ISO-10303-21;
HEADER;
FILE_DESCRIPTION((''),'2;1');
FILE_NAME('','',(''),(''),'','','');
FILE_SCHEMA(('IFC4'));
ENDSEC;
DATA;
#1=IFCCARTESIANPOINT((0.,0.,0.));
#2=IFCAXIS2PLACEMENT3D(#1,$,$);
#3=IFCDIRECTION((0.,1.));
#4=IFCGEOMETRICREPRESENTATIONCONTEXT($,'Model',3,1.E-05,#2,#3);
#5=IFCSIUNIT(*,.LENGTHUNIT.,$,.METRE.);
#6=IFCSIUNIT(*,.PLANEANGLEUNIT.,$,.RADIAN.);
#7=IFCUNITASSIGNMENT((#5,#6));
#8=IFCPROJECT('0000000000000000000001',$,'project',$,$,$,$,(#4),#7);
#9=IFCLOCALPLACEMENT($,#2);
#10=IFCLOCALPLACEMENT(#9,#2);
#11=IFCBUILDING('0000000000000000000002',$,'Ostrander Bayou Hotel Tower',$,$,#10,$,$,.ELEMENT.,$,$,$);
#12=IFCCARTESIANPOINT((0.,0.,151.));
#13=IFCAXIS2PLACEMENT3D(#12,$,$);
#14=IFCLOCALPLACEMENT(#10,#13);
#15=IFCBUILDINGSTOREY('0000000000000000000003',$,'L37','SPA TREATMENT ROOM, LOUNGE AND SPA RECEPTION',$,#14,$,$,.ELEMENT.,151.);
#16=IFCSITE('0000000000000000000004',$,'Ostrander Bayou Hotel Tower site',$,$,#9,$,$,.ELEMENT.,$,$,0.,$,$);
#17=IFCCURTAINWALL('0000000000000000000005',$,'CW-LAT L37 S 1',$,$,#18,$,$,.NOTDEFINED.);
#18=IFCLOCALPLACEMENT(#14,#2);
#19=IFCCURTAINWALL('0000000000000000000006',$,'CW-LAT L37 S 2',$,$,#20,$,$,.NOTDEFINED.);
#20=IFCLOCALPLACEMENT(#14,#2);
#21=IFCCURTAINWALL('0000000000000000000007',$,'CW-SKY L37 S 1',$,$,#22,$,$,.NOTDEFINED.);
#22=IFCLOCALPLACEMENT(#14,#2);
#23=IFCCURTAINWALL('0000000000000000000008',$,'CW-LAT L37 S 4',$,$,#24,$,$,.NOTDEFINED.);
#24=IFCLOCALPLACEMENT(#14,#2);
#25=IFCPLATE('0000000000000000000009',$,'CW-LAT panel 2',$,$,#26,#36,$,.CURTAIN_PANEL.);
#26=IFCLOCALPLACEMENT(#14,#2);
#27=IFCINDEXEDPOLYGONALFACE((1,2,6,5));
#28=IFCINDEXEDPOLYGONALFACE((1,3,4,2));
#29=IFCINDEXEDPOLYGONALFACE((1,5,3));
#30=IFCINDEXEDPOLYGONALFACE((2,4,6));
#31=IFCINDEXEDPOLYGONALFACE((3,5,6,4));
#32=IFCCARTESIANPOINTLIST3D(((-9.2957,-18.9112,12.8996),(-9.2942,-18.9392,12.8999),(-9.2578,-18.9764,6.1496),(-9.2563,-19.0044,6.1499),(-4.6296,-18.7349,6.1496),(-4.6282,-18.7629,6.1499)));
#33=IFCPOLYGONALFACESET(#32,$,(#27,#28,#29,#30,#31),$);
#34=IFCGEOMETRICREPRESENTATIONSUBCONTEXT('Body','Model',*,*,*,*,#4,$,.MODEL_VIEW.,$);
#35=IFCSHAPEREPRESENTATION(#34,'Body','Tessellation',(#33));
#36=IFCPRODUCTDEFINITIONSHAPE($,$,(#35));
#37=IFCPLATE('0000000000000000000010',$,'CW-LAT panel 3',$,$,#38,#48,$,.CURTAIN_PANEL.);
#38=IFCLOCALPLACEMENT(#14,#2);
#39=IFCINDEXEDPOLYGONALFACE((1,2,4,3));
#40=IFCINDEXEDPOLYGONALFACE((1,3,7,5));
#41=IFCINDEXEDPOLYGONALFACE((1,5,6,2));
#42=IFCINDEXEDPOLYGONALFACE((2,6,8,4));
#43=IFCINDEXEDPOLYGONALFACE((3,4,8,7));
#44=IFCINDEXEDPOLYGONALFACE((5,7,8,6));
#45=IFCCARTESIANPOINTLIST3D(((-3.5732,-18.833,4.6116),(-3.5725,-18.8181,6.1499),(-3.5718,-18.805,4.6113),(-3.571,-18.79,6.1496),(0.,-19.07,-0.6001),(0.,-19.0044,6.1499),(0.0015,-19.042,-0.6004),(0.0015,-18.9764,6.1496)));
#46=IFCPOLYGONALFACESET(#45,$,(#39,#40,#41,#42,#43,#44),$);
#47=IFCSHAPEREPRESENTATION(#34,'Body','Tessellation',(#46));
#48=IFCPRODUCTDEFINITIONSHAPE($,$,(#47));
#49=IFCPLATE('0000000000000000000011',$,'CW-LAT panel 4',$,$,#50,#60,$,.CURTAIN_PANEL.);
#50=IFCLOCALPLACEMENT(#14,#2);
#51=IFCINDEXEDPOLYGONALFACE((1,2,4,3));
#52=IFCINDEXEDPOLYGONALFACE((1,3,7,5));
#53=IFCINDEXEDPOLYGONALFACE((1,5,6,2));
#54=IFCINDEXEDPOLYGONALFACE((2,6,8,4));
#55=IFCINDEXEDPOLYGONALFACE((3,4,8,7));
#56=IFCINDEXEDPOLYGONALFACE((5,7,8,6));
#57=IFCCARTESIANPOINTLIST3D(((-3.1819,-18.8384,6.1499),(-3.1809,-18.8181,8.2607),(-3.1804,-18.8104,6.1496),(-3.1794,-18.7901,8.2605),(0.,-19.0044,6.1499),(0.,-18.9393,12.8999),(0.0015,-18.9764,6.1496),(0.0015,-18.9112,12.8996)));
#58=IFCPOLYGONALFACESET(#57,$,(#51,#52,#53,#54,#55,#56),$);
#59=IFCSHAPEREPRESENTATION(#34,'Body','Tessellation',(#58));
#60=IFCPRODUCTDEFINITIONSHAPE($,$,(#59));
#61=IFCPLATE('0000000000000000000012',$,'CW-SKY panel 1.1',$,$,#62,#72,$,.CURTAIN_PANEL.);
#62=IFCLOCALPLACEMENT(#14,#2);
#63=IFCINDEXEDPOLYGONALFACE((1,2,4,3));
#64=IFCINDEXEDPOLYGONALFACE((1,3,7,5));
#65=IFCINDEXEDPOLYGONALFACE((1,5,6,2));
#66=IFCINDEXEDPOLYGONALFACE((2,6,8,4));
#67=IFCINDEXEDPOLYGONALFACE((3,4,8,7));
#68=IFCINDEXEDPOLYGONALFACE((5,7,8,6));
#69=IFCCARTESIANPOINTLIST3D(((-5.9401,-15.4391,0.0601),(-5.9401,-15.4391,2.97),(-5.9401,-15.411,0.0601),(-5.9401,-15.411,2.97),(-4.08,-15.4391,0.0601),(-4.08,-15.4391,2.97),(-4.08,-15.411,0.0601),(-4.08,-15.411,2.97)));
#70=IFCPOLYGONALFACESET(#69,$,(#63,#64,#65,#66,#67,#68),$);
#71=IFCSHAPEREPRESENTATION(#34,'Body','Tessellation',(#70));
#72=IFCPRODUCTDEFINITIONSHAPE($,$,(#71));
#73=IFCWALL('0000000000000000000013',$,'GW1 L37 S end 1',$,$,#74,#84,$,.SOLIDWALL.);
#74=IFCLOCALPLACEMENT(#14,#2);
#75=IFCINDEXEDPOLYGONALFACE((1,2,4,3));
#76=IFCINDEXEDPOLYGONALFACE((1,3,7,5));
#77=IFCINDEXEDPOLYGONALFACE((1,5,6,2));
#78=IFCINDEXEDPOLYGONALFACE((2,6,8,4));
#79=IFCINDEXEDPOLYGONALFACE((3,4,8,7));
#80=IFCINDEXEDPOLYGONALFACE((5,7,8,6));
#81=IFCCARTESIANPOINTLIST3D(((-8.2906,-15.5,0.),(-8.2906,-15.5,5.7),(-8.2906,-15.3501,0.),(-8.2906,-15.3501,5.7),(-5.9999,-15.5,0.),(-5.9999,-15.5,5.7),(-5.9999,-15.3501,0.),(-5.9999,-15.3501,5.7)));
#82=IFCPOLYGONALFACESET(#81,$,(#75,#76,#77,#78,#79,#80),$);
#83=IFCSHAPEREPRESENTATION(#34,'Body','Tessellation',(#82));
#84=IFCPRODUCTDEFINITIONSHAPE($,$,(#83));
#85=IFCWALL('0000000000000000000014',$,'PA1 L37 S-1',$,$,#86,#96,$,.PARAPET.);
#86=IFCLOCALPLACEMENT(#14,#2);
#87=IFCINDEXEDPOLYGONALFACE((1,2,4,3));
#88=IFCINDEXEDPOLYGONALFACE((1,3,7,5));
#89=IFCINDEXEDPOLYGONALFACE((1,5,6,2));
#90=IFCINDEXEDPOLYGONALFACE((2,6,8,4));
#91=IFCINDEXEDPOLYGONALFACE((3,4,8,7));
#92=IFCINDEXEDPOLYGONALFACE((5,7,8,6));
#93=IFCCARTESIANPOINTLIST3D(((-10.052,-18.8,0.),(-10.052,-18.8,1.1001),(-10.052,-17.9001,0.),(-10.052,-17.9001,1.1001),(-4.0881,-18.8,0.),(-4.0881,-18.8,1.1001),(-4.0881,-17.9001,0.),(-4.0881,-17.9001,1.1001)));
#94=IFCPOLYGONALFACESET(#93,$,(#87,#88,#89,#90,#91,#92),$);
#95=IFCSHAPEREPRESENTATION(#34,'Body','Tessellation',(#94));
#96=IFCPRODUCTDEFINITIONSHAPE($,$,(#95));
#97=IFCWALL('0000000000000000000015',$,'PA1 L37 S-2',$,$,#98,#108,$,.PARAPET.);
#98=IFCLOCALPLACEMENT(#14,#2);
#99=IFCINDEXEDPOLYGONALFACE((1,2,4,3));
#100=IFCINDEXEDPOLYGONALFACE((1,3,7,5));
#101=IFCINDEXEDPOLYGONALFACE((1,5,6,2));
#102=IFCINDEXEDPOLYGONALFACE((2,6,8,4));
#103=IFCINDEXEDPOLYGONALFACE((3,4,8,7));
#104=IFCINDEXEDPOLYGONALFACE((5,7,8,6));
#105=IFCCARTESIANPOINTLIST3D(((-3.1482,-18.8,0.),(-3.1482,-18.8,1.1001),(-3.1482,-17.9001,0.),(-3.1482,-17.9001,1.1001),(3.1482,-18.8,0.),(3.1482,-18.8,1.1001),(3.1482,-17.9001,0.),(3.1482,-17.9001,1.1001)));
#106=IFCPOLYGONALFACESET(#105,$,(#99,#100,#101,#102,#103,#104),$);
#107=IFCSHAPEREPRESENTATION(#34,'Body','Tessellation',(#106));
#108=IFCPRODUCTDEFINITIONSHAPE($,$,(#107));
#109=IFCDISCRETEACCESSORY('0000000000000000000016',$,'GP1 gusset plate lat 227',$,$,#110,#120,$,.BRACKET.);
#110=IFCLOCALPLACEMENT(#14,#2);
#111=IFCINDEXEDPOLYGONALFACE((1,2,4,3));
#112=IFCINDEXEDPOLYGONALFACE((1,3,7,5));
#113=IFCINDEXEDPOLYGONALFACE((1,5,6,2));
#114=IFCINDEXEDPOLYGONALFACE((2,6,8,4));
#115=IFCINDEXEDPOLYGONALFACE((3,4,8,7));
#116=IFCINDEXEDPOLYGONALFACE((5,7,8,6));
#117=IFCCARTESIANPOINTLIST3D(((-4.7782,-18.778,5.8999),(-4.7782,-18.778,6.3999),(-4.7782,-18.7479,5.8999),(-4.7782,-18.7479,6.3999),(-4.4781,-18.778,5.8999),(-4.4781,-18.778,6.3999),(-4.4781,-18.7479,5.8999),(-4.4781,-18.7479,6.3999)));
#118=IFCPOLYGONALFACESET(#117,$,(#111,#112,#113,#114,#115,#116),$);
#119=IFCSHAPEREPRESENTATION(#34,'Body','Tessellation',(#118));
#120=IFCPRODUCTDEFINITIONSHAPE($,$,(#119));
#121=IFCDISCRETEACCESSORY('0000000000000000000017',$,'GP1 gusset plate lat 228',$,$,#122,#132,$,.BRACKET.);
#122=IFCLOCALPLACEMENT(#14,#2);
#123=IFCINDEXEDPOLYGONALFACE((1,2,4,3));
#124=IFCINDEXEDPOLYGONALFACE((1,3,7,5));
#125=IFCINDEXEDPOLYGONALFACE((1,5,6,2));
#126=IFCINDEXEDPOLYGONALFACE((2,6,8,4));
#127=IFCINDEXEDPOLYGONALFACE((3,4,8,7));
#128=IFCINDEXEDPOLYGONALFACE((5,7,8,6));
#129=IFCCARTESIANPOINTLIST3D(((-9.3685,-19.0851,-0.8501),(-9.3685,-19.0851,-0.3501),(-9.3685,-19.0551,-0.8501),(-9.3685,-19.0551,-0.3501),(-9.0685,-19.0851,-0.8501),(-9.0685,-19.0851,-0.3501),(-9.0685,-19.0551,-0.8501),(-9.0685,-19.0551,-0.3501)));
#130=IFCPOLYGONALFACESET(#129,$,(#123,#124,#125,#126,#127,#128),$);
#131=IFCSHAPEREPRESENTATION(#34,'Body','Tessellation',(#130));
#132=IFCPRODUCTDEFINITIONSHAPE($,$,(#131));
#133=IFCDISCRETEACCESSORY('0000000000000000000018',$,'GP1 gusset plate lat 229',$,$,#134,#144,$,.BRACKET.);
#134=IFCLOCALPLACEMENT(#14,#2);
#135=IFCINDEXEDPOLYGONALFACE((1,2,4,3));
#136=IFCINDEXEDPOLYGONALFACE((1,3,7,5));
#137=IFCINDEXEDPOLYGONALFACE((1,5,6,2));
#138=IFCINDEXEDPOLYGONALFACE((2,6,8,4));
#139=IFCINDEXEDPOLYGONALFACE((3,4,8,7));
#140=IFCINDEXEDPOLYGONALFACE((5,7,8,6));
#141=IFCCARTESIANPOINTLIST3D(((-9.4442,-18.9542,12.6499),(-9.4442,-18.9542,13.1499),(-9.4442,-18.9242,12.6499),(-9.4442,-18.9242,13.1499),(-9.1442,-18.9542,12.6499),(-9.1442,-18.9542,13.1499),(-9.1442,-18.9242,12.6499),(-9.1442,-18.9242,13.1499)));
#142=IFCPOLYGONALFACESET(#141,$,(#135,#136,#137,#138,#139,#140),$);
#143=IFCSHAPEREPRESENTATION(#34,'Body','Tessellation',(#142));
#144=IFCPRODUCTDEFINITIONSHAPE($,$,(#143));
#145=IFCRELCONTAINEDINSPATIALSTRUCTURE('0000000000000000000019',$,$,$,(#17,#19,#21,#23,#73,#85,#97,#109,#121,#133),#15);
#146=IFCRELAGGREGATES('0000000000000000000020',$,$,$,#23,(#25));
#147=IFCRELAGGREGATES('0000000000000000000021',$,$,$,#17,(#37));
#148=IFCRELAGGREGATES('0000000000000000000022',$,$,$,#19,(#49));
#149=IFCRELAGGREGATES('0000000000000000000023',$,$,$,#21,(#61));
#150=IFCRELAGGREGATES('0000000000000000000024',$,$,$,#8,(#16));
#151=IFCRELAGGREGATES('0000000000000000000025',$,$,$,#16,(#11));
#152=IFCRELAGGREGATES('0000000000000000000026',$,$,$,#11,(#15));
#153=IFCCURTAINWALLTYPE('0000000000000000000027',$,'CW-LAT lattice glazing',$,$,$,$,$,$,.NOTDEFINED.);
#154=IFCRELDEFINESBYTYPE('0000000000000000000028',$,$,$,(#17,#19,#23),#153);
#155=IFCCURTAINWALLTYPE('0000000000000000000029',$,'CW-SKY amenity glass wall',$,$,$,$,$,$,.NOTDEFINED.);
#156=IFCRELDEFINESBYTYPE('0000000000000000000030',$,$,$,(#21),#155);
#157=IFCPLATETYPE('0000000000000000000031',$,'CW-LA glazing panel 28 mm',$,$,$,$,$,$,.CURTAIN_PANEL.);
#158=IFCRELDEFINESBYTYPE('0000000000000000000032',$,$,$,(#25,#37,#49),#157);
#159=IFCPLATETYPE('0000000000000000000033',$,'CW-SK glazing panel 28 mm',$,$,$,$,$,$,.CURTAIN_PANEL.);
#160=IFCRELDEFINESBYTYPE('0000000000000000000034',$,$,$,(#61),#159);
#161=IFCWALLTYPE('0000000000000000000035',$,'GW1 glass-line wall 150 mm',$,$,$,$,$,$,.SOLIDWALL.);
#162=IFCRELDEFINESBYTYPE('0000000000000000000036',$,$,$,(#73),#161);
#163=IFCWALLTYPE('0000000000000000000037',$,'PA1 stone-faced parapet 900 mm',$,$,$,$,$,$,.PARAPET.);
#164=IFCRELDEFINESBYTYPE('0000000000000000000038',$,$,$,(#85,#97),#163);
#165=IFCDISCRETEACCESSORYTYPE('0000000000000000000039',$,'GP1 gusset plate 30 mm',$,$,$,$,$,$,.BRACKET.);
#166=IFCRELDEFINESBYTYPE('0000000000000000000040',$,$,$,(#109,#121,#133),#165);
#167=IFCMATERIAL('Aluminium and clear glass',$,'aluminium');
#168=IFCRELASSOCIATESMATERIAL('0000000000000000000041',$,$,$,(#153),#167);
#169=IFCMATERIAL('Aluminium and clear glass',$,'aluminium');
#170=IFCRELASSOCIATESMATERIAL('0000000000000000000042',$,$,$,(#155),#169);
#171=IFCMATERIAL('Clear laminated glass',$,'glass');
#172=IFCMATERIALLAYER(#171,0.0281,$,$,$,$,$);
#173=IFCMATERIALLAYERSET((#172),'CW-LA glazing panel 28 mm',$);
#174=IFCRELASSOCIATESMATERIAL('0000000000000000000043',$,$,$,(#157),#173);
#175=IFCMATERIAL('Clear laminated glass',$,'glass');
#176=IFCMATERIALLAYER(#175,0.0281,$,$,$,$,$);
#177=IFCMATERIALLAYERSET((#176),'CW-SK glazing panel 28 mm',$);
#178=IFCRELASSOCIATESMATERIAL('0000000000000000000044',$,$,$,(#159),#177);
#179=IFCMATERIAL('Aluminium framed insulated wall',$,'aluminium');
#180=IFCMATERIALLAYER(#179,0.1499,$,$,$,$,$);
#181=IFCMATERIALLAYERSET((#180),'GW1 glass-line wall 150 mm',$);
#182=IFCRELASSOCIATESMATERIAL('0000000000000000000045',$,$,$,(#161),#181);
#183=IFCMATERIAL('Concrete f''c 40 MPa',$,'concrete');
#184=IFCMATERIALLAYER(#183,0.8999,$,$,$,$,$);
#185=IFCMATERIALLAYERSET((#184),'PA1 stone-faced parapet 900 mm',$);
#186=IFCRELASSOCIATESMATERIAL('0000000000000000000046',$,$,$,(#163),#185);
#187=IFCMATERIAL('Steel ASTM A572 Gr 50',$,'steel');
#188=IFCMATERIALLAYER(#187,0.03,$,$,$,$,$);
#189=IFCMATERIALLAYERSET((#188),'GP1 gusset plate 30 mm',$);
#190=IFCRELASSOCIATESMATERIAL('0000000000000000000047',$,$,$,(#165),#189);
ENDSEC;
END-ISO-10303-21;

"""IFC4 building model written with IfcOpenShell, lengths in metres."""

from ifc_helpers import new_model, si_unit, direction, frame, frame_2d, origin, origin_2d, place, context, subcontext, project, spatial, polyline, rectangle, outline, extrude, material, layer, layer_set, type_object, element, aggregate, save


model = new_model("IFC4")

# Units and contexts
model_context = context("Model", 3, precision=1e-05, world=origin(), true_north=direction((0.0, 1.0)))
body_context = subcontext(model_context, "Body", "Model", "MODEL_VIEW")
ifc_project = project(units=[si_unit("LENGTHUNIT", "METRE"), si_unit("PLANEANGLEUNIT", "RADIAN")], contexts=[model_context])

# Site, building, storey
site_placement = place(None, origin())
site = spatial("IfcSite", under=ifc_project, at=site_placement, Name="Ostrander Bayou Hotel Tower site", CompositionType="ELEMENT", RefElevation=0.0)
building_placement = place(site_placement, origin())
building = spatial("IfcBuilding", under=site, at=building_placement, Name="Ostrander Bayou Hotel Tower", CompositionType="ELEMENT")
storey_placement = place(building_placement, frame((0.0, 0.0, 151.0)))
storey = spatial("IfcBuildingStorey", under=building, at=storey_placement, Name="L37", Description="SPA TREATMENT ROOM, LOUNGE AND SPA RECEPTION", CompositionType="ELEMENT", Elevation=151.0)

# Curtain walls
ifc_material_1 = material(Name="Aluminium and clear glass", Category="aluminium")
curtain_wall_type_1 = type_object("IfcCurtainWallType", Name="CW-LAT lattice glazing", PredefinedType="NOTDEFINED", material=ifc_material_1)
curtain_wall_1_placement = place(storey_placement, origin())
curtain_wall_1 = element("IfcCurtainWall", 1, at=curtain_wall_1_placement, inside=storey, type_object=curtain_wall_type_1, Name="CW-LAT L37 S 1", PredefinedType="NOTDEFINED")
curtain_wall_2_placement = place(storey_placement, origin())
curtain_wall_2 = element("IfcCurtainWall", 2, at=curtain_wall_2_placement, inside=storey, type_object=curtain_wall_type_1, Name="CW-LAT L37 S 2", PredefinedType="NOTDEFINED")
ifc_material_2 = material(Name="Aluminium and clear glass", Category="aluminium")
curtain_wall_type_2 = type_object("IfcCurtainWallType", Name="CW-SKY amenity glass wall", PredefinedType="NOTDEFINED", material=ifc_material_2)
curtain_wall_3_placement = place(storey_placement, origin())
curtain_wall_3 = element("IfcCurtainWall", 3, at=curtain_wall_3_placement, inside=storey, type_object=curtain_wall_type_2, Name="CW-SKY L37 S 1", PredefinedType="NOTDEFINED")

# Curtain wall, plate
ifc_material_3 = material(Name="Clear laminated glass", Category="glass")
ifc_layer_1 = layer(ifc_material_3, 0.0281)
ifc_layer_set_1 = layer_set([ifc_layer_1], Name="CW-LA glazing panel 28 mm")
plate_type_1 = type_object("IfcPlateType", Name="CW-LA glazing panel 28 mm", PredefinedType="CURTAIN_PANEL", material=ifc_layer_set_1)
curtain_wall_4_placement = place(storey_placement, origin())
curtain_wall_4 = element("IfcCurtainWall", 4, at=curtain_wall_4_placement, inside=storey, type_object=curtain_wall_type_1, Name="CW-LAT L37 S 4", PredefinedType="NOTDEFINED")
plate_1_placement = place(storey_placement, frame((-4.6282, -18.7629, 6.1499), z_axis=(0.052097, -0.998593, 0.009936), x_axis=(-0.568497, -0.021476, 0.822405)))
plate_1 = element("IfcPlate", 5, at=plate_1_placement, type_object=plate_type_1, Name="CW-LAT panel 2", PredefinedType="CURTAIN_PANEL", context=body_context, shape_type="SweptSolid", body=[
    extrude(outline(polyline([(0.0, 0.0), (8.2076, 0.0), (2.6363, 3.8116), (0.0, 0.0)])), origin(), (0.0, 0.0, -1.0), 0.0281),
])
aggregate(curtain_wall_4, [plate_1])

# Plates
plate_2_placement = place(storey_placement, frame((-3.5732, -18.833, 4.6116), z_axis=(-0.052077, -0.998596, 0.009711), x_axis=(0.56508, -0.037485, -0.824184)))
plate_2 = element("IfcPlate", 6, at=plate_2_placement, type_object=plate_type_1, Name="CW-LAT panel 3", PredefinedType="CURTAIN_PANEL", context=body_context, shape_type="SweptSolid", body=[
    extrude(outline(polyline([(0.0, 0.0), (6.3234, 0.0), (0.7577, 3.8197), (-1.268, 0.8711), (0.0, 0.0)])), origin(), (0.0, 0.0, -1.0), 0.0281),
])
aggregate(curtain_wall_1, [plate_2])
plate_3_placement = place(storey_placement, frame((-3.1809, -18.8181, 8.2607), z_axis=(-0.052085, -0.998596, 0.009636), x_axis=(0.565369, -0.021532, 0.824557)))
plate_3 = element("IfcPlate", 7, at=plate_3_placement, type_object=plate_type_1, Name="CW-LAT panel 4", PredefinedType="CURTAIN_PANEL", context=body_context, shape_type="SweptSolid", body=[
    extrude(outline(polyline([(0.0, 0.0), (5.6262, 0.0), (0.0619, -3.8216), (-1.7406, -1.1943), (0.0, 0.0)])), origin(), (0.0, 0.0, -1.0), 0.0281),
])
aggregate(curtain_wall_2, [plate_3])
ifc_material_4 = material(Name="Clear laminated glass", Category="glass")
ifc_layer_2 = layer(ifc_material_4, 0.0281)
ifc_layer_set_2 = layer_set([ifc_layer_2], Name="CW-SK glazing panel 28 mm")
plate_type_2 = type_object("IfcPlateType", Name="CW-SK glazing panel 28 mm", PredefinedType="CURTAIN_PANEL", material=ifc_layer_set_2)
plate_4_placement = place(storey_placement, frame((-5.01, -15.425, 0.0601), z_axis=(0.0, 0.0, 1.0), x_axis=(1.0, 0.0, 0.0)))
plate_4 = element("IfcPlate", 8, at=plate_4_placement, type_object=plate_type_2, Name="CW-SKY panel 1.1", PredefinedType="CURTAIN_PANEL", context=body_context, shape_type="SweptSolid", body=[
    extrude(rectangle(XDim=1.8601, YDim=0.0281, at=origin_2d()), origin(), (0.0, 0.0, 1.0), 2.9099),
])
aggregate(curtain_wall_3, [plate_4])

# Walls
ifc_material_5 = material(Name="Aluminium framed insulated wall", Category="aluminium")
ifc_layer_3 = layer(ifc_material_5, 0.1499)
ifc_layer_set_3 = layer_set([ifc_layer_3], Name="GW1 glass-line wall 150 mm")
wall_type_1 = type_object("IfcWallType", Name="GW1 glass-line wall 150 mm", PredefinedType="SOLIDWALL", material=ifc_layer_set_3)
wall_1_placement = place(storey_placement, frame((-8.2908, -15.425, 0.0), z_axis=(0.0, 0.0, 1.0), x_axis=(1.0, 0.0, 0.0)))
element("IfcWall", 9, at=wall_1_placement, inside=storey, type_object=wall_type_1, Name="GW1 L37 S end 1", PredefinedType="SOLIDWALL", context=body_context, shape_type="SweptSolid", body=[
    extrude(rectangle(XDim=2.2908, YDim=0.1499, at=frame_2d((1.1455, 0.0))), origin(), (0.0, 0.0, 1.0), 5.7),
])
ifc_material_6 = material(Name="Concrete f'c 40 MPa", Category="concrete")
ifc_layer_4 = layer(ifc_material_6, 0.8999)
ifc_layer_set_4 = layer_set([ifc_layer_4], Name="PA1 stone-faced parapet 900 mm")
wall_type_2 = type_object("IfcWallType", Name="PA1 stone-faced parapet 900 mm", PredefinedType="PARAPET", material=ifc_layer_set_4)
wall_2_placement = place(storey_placement, frame((-10.052, -18.3501, 0.0), z_axis=(0.0, 0.0, 1.0), x_axis=(1.0, 0.0, 0.0)))
element("IfcWall", 10, at=wall_2_placement, inside=storey, type_object=wall_type_2, Name="PA1 L37 S-1", PredefinedType="PARAPET", context=body_context, shape_type="SweptSolid", body=[
    extrude(rectangle(XDim=5.9639, YDim=0.8999, at=frame_2d((2.9819, 0.0))), origin(), (0.0, 0.0, 1.0), 1.1001),
])
wall_3_placement = place(storey_placement, frame((-3.1482, -18.3501, 0.0), z_axis=(0.0, 0.0, 1.0), x_axis=(1.0, 0.0, 0.0)))
element("IfcWall", 11, at=wall_3_placement, inside=storey, type_object=wall_type_2, Name="PA1 L37 S-2", PredefinedType="PARAPET", context=body_context, shape_type="SweptSolid", body=[
    extrude(rectangle(XDim=6.2964, YDim=0.8999, at=frame_2d((3.1482, 0.0))), origin(), (0.0, 0.0, 1.0), 1.1001),
])

# Discrete accessories
ifc_material_7 = material(Name="Steel ASTM A572 Gr 50", Category="steel")
ifc_layer_5 = layer(ifc_material_7, 0.03)
ifc_layer_set_5 = layer_set([ifc_layer_5], Name="GP1 gusset plate 30 mm")
discrete_accessory_type = type_object("IfcDiscreteAccessoryType", Name="GP1 gusset plate 30 mm", PredefinedType="BRACKET", material=ifc_layer_set_5)
for number, where, z_axis, x_axis, name in (
    (12, (-4.6282, -18.7629, 5.8999), (0.0, 0.0, 1.0), (1.0, 0.0, 0.0), "GP1 gusset plate lat 227"),
    (13, (-9.2185, -19.0701, -0.8501), (0.0, 0.0, 1.0), (1.0, 0.0, 0.0), "GP1 gusset plate lat 228"),
    (14, (-9.2942, -18.9392, 12.6499), (0.0, 0.0, 1.0), (1.0, 0.0, 0.0), "GP1 gusset plate lat 229"),
):
    element("IfcDiscreteAccessory", number, at=place(storey_placement, frame(where, z_axis=z_axis, x_axis=x_axis)), inside=storey, type_object=discrete_accessory_type, Name=name, PredefinedType="BRACKET", context=body_context, shape_type="SweptSolid", body=[
        extrude(rectangle(XDim=0.3, YDim=0.03, at=origin_2d()), origin(), (0.0, 0.0, 1.0), 0.5),
    ])

save(model, "model.ifc")
